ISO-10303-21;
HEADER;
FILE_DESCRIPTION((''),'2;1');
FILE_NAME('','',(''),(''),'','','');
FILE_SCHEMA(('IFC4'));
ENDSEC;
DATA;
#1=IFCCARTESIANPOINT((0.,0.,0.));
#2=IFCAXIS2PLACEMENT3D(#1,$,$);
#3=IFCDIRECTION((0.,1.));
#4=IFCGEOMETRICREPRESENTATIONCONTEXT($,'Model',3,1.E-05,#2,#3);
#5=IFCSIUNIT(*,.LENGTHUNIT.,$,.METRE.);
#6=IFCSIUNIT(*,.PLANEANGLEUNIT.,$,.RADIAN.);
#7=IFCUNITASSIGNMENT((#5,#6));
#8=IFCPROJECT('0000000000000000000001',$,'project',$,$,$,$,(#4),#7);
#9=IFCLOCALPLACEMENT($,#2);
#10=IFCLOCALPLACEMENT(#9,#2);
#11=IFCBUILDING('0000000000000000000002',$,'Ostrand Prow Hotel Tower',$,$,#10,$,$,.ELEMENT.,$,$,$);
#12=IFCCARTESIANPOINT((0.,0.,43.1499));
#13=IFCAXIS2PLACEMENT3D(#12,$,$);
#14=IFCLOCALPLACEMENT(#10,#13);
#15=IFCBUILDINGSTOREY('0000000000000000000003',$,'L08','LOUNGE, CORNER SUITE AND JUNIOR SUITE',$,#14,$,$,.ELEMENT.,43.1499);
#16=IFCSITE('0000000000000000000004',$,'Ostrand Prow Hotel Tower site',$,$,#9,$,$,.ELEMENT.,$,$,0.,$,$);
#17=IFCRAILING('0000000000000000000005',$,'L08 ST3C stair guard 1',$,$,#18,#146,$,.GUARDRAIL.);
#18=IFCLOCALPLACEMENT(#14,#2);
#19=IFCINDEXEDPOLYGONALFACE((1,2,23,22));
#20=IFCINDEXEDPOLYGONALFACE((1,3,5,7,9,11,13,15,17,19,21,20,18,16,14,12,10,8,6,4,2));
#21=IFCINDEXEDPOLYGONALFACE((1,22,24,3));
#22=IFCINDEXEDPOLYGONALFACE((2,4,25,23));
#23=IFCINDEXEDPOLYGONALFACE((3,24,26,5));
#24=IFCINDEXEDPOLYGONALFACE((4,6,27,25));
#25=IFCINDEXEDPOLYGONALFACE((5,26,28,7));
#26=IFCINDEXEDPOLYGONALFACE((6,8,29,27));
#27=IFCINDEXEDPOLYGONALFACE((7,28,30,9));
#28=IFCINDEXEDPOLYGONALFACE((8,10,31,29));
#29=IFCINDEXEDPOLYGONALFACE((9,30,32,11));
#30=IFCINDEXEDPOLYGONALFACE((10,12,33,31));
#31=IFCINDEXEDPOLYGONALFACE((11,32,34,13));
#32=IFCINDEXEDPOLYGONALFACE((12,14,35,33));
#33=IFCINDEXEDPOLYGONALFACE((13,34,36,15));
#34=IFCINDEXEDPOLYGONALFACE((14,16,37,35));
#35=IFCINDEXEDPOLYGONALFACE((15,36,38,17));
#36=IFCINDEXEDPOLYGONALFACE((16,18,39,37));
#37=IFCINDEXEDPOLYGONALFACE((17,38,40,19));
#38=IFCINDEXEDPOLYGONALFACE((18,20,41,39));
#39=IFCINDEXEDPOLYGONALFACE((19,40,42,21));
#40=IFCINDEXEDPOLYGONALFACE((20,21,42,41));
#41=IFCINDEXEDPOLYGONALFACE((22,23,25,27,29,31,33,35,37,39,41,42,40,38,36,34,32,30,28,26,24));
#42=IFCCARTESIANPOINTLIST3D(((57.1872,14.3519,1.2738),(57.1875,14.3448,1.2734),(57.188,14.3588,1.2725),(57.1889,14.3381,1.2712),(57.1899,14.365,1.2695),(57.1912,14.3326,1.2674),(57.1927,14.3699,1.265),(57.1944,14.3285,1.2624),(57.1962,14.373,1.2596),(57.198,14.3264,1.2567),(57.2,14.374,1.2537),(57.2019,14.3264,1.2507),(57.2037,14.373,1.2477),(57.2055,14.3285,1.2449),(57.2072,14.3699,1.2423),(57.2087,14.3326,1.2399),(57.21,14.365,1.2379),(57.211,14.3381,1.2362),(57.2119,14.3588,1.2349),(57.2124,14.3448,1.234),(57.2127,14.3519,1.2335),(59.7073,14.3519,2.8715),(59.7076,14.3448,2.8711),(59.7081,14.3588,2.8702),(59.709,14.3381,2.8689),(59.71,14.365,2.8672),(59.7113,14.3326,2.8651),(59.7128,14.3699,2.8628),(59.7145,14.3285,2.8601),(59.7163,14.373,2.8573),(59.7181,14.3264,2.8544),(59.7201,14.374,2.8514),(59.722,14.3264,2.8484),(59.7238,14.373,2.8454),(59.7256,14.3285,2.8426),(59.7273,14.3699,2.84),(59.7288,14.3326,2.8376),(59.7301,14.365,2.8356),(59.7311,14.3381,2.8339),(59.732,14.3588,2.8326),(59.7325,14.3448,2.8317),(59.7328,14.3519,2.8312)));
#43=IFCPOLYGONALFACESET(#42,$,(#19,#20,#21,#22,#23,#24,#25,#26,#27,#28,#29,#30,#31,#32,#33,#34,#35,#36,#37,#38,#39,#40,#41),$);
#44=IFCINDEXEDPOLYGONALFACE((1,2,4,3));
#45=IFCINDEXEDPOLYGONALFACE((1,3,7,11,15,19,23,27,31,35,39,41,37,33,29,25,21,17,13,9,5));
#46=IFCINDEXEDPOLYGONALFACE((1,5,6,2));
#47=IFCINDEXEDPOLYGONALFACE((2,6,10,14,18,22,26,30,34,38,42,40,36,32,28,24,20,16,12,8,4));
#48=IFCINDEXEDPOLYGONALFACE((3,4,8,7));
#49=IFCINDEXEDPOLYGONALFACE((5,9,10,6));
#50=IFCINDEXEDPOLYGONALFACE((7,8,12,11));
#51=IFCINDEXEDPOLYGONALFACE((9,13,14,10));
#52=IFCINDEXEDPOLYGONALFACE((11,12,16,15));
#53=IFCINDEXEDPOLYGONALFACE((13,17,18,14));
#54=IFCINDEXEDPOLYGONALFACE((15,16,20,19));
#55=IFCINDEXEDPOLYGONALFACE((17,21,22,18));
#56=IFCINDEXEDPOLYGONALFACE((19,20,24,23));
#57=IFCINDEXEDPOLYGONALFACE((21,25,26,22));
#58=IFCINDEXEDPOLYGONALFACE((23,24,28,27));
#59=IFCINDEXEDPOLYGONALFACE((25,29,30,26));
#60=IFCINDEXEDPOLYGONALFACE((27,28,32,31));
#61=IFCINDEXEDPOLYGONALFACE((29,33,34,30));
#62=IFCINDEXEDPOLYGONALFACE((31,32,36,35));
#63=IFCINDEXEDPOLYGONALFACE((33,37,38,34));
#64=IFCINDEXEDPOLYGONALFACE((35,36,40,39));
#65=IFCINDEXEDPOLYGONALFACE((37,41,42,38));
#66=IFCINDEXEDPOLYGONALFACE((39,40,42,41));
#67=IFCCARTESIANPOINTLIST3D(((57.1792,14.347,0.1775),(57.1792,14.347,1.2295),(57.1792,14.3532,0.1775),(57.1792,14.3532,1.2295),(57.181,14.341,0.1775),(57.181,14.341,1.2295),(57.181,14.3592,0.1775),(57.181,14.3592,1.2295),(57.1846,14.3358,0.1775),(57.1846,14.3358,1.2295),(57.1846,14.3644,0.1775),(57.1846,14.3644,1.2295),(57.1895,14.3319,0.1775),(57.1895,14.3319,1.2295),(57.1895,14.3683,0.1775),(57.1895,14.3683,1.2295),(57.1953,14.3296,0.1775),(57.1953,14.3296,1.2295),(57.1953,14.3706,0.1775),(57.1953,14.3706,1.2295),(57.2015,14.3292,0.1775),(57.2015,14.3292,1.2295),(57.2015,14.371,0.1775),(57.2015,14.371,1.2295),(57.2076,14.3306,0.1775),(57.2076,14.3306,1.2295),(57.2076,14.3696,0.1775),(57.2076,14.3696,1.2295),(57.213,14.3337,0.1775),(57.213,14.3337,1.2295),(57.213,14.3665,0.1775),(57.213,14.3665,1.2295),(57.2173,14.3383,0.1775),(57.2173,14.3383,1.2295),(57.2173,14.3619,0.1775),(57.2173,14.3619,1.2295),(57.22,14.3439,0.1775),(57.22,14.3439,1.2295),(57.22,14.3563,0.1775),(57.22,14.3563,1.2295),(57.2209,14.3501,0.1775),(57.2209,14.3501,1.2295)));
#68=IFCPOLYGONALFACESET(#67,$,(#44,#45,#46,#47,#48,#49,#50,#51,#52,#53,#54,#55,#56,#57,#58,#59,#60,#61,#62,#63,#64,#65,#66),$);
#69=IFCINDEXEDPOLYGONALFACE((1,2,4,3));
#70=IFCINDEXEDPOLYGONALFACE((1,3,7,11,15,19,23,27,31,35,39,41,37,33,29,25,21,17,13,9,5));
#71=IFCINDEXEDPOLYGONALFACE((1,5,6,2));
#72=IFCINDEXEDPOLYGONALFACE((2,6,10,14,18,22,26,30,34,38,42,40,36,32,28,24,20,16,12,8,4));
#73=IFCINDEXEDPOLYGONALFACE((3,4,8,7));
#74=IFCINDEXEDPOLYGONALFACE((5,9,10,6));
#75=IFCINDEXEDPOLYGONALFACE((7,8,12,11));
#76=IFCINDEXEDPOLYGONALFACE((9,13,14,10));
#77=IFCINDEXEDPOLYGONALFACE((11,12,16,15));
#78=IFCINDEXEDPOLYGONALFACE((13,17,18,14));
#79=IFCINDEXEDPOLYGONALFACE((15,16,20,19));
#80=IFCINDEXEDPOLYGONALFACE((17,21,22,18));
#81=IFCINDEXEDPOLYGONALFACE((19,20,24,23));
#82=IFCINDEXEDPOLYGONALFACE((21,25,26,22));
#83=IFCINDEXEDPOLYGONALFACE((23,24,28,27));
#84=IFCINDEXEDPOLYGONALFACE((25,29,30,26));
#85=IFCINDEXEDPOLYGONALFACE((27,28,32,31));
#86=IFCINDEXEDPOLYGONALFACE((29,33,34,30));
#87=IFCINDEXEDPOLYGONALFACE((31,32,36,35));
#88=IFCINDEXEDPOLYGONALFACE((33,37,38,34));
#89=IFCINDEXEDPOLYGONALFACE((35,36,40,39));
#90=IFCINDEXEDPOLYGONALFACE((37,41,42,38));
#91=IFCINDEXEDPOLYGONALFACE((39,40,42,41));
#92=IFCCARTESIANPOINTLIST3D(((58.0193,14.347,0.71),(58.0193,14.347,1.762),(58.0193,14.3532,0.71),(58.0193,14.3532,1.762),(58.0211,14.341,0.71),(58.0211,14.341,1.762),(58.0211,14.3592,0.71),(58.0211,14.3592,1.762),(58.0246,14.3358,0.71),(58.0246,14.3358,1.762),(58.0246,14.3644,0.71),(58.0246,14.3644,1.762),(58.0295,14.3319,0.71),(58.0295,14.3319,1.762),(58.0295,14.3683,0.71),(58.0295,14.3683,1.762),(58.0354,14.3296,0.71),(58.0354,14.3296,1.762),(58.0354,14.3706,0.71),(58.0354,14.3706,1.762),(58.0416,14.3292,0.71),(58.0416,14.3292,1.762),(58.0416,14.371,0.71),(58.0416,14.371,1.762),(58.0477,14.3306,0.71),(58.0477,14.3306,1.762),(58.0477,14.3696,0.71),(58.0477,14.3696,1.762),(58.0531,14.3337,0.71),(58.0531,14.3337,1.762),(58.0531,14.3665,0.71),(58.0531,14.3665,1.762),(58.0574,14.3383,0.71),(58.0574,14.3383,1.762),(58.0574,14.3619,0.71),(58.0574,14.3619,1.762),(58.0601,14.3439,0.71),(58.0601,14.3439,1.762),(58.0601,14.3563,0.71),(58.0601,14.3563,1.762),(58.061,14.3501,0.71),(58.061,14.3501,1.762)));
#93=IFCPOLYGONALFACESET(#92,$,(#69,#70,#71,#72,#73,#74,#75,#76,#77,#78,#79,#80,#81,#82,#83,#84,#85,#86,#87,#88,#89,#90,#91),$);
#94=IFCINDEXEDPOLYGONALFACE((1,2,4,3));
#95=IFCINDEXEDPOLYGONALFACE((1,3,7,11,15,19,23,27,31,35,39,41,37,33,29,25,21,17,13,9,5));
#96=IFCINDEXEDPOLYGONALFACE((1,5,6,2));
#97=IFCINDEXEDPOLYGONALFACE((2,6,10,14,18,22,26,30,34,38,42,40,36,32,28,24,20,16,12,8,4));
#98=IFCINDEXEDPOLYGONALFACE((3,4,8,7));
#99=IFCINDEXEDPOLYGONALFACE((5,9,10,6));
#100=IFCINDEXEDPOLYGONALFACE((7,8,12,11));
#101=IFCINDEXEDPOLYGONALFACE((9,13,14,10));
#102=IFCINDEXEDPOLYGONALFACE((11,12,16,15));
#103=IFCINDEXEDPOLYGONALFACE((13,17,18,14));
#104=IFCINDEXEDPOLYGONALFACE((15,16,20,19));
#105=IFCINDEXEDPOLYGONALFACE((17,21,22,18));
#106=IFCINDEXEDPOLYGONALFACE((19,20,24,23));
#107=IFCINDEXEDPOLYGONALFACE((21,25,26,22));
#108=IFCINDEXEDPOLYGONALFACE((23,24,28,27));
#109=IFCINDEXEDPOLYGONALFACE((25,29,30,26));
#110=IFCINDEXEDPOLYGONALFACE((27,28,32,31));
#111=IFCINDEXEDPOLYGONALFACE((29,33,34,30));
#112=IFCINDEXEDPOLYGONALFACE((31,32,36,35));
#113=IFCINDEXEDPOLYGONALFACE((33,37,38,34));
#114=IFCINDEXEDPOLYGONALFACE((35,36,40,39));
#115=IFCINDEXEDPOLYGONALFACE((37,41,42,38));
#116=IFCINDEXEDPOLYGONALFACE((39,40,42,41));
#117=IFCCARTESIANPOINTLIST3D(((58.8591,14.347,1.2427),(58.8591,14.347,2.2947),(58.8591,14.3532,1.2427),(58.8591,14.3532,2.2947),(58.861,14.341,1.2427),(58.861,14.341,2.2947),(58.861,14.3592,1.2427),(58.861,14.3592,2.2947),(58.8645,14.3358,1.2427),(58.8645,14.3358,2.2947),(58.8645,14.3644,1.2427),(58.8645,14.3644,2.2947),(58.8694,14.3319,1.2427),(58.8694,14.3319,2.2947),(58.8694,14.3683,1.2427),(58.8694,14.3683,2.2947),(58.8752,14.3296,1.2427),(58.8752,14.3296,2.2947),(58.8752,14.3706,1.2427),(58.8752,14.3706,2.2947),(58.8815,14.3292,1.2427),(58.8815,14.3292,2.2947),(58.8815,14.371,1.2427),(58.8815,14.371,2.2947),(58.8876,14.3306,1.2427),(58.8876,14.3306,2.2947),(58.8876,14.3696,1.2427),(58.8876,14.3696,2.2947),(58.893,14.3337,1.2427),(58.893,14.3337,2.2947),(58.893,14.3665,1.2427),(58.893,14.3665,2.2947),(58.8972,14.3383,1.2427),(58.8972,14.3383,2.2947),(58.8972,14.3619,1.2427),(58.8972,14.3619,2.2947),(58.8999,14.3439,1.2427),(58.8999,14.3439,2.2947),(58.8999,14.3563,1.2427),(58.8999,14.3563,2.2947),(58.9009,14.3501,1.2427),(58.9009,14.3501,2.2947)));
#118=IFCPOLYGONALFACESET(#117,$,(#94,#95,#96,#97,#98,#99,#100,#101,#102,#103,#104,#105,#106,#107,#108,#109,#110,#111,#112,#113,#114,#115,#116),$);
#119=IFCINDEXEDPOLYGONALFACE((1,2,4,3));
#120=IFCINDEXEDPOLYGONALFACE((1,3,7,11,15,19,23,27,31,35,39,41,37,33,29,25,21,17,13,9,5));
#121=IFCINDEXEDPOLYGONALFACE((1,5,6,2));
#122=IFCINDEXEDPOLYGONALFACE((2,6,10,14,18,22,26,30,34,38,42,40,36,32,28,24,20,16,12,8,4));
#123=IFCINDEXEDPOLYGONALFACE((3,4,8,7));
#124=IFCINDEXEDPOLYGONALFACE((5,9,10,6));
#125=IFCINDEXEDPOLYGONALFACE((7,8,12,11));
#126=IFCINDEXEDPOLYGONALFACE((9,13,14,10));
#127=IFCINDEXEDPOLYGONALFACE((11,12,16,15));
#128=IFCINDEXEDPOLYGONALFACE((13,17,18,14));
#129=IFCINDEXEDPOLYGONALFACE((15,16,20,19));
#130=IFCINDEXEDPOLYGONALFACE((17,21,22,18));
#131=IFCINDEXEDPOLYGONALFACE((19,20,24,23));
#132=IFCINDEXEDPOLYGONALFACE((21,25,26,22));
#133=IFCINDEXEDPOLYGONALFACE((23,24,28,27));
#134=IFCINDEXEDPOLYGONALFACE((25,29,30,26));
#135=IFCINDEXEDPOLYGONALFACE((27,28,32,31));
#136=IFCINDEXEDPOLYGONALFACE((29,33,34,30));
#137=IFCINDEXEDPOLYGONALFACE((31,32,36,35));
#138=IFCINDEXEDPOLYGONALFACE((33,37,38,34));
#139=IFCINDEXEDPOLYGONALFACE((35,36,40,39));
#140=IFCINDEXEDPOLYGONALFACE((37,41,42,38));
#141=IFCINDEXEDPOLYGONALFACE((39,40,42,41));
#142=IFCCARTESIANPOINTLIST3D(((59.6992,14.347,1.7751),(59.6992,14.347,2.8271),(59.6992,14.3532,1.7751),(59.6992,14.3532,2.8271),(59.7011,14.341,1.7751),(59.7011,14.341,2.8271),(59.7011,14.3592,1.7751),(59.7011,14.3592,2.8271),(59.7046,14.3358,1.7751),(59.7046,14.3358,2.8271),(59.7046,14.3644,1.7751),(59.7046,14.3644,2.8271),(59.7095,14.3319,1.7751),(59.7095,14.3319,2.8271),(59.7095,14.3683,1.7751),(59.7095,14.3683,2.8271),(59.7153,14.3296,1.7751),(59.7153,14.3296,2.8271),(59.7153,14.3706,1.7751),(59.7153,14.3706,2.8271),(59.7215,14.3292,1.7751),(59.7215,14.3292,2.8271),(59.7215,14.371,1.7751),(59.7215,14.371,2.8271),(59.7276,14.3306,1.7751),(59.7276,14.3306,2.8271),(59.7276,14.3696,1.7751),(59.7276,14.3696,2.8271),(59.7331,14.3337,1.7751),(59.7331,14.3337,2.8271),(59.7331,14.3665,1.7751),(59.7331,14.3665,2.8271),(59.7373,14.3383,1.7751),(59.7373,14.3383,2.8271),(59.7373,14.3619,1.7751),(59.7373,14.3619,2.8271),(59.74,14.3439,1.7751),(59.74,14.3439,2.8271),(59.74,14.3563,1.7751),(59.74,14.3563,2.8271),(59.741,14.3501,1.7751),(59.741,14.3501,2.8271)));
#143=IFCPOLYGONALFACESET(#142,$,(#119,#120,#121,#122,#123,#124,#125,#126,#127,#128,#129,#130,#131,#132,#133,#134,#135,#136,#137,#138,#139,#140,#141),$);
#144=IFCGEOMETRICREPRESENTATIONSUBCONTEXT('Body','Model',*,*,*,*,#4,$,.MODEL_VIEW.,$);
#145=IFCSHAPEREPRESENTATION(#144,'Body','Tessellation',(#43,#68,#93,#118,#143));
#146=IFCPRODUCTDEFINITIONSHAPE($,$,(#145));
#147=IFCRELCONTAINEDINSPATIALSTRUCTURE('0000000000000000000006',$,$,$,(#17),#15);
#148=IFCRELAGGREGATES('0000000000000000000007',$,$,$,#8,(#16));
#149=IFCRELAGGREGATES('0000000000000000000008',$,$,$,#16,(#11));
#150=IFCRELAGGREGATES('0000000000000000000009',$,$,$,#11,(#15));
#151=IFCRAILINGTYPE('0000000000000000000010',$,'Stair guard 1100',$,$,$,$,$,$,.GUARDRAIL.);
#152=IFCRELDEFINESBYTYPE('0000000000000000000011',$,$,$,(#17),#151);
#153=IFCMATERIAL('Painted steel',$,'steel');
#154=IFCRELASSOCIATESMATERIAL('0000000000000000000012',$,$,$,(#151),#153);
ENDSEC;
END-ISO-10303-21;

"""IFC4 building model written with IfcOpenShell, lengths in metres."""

from ifc_helpers import new_model, si_unit, direction, frame, origin, origin_2d, place, context, subcontext, project, spatial, circle, extrude, material, type_object, element, save


model = new_model("IFC4")

# Units and contexts
model_context = context("Model", 3, precision=1e-05, world=origin(), true_north=direction((0.0, 1.0)))
body_context = subcontext(model_context, "Body", "Model", "MODEL_VIEW")
ifc_project = project(units=[si_unit("LENGTHUNIT", "METRE"), si_unit("PLANEANGLEUNIT", "RADIAN")], contexts=[model_context])

# Site, building, storey
site_placement = place(None, origin())
site = spatial("IfcSite", under=ifc_project, at=site_placement, Name="Ostrand Prow Hotel Tower site", CompositionType="ELEMENT", RefElevation=0.0)
building_placement = place(site_placement, origin())
building = spatial("IfcBuilding", under=site, at=building_placement, Name="Ostrand Prow Hotel Tower", CompositionType="ELEMENT")
storey_placement = place(building_placement, frame((0.0, 0.0, 43.1499)))
storey = spatial("IfcBuildingStorey", under=building, at=storey_placement, Name="L08", Description="LOUNGE, CORNER SUITE AND JUNIOR SUITE", CompositionType="ELEMENT", Elevation=43.1499)

# Railing
ifc_material_1 = material(Name="Painted steel", Category="steel")
railing_type_1 = type_object("IfcRailingType", Name="Stair guard 1100", PredefinedType="GUARDRAIL", material=ifc_material_1)
railing_1_placement = place(storey_placement, frame((57.2, 14.3501, 0.1775)))
element("IfcRailing", 1, at=railing_1_placement, inside=storey, type_object=railing_type_1, Name="L08 ST3C stair guard 1", PredefinedType="GUARDRAIL", context=body_context, shape_type="SweptSolid", body=[
    extrude(circle(Radius=0.0239, at=origin_2d()), frame((0.0, 0.0, 1.0762), z_axis=(0.84457, 0.0, 0.535445), x_axis=(0.0, 1.0, 0.0)), (0.0, 0.0, 1.0), 2.9839),
    extrude(circle(Radius=0.021, at=origin_2d()), origin(), (0.0, 0.0, 1.0), 1.052),
    extrude(circle(Radius=0.021, at=origin_2d()), frame((0.8401, 0.0, 0.5325)), (0.0, 0.0, 1.0), 1.052),
    extrude(circle(Radius=0.021, at=origin_2d()), frame((1.6799, 0.0, 1.0652)), (0.0, 0.0, 1.0), 1.052),
    extrude(circle(Radius=0.021, at=origin_2d()), frame((2.52, 0.0, 1.5977)), (0.0, 0.0, 1.0), 1.052),
])

save(model, "model.ifc")
